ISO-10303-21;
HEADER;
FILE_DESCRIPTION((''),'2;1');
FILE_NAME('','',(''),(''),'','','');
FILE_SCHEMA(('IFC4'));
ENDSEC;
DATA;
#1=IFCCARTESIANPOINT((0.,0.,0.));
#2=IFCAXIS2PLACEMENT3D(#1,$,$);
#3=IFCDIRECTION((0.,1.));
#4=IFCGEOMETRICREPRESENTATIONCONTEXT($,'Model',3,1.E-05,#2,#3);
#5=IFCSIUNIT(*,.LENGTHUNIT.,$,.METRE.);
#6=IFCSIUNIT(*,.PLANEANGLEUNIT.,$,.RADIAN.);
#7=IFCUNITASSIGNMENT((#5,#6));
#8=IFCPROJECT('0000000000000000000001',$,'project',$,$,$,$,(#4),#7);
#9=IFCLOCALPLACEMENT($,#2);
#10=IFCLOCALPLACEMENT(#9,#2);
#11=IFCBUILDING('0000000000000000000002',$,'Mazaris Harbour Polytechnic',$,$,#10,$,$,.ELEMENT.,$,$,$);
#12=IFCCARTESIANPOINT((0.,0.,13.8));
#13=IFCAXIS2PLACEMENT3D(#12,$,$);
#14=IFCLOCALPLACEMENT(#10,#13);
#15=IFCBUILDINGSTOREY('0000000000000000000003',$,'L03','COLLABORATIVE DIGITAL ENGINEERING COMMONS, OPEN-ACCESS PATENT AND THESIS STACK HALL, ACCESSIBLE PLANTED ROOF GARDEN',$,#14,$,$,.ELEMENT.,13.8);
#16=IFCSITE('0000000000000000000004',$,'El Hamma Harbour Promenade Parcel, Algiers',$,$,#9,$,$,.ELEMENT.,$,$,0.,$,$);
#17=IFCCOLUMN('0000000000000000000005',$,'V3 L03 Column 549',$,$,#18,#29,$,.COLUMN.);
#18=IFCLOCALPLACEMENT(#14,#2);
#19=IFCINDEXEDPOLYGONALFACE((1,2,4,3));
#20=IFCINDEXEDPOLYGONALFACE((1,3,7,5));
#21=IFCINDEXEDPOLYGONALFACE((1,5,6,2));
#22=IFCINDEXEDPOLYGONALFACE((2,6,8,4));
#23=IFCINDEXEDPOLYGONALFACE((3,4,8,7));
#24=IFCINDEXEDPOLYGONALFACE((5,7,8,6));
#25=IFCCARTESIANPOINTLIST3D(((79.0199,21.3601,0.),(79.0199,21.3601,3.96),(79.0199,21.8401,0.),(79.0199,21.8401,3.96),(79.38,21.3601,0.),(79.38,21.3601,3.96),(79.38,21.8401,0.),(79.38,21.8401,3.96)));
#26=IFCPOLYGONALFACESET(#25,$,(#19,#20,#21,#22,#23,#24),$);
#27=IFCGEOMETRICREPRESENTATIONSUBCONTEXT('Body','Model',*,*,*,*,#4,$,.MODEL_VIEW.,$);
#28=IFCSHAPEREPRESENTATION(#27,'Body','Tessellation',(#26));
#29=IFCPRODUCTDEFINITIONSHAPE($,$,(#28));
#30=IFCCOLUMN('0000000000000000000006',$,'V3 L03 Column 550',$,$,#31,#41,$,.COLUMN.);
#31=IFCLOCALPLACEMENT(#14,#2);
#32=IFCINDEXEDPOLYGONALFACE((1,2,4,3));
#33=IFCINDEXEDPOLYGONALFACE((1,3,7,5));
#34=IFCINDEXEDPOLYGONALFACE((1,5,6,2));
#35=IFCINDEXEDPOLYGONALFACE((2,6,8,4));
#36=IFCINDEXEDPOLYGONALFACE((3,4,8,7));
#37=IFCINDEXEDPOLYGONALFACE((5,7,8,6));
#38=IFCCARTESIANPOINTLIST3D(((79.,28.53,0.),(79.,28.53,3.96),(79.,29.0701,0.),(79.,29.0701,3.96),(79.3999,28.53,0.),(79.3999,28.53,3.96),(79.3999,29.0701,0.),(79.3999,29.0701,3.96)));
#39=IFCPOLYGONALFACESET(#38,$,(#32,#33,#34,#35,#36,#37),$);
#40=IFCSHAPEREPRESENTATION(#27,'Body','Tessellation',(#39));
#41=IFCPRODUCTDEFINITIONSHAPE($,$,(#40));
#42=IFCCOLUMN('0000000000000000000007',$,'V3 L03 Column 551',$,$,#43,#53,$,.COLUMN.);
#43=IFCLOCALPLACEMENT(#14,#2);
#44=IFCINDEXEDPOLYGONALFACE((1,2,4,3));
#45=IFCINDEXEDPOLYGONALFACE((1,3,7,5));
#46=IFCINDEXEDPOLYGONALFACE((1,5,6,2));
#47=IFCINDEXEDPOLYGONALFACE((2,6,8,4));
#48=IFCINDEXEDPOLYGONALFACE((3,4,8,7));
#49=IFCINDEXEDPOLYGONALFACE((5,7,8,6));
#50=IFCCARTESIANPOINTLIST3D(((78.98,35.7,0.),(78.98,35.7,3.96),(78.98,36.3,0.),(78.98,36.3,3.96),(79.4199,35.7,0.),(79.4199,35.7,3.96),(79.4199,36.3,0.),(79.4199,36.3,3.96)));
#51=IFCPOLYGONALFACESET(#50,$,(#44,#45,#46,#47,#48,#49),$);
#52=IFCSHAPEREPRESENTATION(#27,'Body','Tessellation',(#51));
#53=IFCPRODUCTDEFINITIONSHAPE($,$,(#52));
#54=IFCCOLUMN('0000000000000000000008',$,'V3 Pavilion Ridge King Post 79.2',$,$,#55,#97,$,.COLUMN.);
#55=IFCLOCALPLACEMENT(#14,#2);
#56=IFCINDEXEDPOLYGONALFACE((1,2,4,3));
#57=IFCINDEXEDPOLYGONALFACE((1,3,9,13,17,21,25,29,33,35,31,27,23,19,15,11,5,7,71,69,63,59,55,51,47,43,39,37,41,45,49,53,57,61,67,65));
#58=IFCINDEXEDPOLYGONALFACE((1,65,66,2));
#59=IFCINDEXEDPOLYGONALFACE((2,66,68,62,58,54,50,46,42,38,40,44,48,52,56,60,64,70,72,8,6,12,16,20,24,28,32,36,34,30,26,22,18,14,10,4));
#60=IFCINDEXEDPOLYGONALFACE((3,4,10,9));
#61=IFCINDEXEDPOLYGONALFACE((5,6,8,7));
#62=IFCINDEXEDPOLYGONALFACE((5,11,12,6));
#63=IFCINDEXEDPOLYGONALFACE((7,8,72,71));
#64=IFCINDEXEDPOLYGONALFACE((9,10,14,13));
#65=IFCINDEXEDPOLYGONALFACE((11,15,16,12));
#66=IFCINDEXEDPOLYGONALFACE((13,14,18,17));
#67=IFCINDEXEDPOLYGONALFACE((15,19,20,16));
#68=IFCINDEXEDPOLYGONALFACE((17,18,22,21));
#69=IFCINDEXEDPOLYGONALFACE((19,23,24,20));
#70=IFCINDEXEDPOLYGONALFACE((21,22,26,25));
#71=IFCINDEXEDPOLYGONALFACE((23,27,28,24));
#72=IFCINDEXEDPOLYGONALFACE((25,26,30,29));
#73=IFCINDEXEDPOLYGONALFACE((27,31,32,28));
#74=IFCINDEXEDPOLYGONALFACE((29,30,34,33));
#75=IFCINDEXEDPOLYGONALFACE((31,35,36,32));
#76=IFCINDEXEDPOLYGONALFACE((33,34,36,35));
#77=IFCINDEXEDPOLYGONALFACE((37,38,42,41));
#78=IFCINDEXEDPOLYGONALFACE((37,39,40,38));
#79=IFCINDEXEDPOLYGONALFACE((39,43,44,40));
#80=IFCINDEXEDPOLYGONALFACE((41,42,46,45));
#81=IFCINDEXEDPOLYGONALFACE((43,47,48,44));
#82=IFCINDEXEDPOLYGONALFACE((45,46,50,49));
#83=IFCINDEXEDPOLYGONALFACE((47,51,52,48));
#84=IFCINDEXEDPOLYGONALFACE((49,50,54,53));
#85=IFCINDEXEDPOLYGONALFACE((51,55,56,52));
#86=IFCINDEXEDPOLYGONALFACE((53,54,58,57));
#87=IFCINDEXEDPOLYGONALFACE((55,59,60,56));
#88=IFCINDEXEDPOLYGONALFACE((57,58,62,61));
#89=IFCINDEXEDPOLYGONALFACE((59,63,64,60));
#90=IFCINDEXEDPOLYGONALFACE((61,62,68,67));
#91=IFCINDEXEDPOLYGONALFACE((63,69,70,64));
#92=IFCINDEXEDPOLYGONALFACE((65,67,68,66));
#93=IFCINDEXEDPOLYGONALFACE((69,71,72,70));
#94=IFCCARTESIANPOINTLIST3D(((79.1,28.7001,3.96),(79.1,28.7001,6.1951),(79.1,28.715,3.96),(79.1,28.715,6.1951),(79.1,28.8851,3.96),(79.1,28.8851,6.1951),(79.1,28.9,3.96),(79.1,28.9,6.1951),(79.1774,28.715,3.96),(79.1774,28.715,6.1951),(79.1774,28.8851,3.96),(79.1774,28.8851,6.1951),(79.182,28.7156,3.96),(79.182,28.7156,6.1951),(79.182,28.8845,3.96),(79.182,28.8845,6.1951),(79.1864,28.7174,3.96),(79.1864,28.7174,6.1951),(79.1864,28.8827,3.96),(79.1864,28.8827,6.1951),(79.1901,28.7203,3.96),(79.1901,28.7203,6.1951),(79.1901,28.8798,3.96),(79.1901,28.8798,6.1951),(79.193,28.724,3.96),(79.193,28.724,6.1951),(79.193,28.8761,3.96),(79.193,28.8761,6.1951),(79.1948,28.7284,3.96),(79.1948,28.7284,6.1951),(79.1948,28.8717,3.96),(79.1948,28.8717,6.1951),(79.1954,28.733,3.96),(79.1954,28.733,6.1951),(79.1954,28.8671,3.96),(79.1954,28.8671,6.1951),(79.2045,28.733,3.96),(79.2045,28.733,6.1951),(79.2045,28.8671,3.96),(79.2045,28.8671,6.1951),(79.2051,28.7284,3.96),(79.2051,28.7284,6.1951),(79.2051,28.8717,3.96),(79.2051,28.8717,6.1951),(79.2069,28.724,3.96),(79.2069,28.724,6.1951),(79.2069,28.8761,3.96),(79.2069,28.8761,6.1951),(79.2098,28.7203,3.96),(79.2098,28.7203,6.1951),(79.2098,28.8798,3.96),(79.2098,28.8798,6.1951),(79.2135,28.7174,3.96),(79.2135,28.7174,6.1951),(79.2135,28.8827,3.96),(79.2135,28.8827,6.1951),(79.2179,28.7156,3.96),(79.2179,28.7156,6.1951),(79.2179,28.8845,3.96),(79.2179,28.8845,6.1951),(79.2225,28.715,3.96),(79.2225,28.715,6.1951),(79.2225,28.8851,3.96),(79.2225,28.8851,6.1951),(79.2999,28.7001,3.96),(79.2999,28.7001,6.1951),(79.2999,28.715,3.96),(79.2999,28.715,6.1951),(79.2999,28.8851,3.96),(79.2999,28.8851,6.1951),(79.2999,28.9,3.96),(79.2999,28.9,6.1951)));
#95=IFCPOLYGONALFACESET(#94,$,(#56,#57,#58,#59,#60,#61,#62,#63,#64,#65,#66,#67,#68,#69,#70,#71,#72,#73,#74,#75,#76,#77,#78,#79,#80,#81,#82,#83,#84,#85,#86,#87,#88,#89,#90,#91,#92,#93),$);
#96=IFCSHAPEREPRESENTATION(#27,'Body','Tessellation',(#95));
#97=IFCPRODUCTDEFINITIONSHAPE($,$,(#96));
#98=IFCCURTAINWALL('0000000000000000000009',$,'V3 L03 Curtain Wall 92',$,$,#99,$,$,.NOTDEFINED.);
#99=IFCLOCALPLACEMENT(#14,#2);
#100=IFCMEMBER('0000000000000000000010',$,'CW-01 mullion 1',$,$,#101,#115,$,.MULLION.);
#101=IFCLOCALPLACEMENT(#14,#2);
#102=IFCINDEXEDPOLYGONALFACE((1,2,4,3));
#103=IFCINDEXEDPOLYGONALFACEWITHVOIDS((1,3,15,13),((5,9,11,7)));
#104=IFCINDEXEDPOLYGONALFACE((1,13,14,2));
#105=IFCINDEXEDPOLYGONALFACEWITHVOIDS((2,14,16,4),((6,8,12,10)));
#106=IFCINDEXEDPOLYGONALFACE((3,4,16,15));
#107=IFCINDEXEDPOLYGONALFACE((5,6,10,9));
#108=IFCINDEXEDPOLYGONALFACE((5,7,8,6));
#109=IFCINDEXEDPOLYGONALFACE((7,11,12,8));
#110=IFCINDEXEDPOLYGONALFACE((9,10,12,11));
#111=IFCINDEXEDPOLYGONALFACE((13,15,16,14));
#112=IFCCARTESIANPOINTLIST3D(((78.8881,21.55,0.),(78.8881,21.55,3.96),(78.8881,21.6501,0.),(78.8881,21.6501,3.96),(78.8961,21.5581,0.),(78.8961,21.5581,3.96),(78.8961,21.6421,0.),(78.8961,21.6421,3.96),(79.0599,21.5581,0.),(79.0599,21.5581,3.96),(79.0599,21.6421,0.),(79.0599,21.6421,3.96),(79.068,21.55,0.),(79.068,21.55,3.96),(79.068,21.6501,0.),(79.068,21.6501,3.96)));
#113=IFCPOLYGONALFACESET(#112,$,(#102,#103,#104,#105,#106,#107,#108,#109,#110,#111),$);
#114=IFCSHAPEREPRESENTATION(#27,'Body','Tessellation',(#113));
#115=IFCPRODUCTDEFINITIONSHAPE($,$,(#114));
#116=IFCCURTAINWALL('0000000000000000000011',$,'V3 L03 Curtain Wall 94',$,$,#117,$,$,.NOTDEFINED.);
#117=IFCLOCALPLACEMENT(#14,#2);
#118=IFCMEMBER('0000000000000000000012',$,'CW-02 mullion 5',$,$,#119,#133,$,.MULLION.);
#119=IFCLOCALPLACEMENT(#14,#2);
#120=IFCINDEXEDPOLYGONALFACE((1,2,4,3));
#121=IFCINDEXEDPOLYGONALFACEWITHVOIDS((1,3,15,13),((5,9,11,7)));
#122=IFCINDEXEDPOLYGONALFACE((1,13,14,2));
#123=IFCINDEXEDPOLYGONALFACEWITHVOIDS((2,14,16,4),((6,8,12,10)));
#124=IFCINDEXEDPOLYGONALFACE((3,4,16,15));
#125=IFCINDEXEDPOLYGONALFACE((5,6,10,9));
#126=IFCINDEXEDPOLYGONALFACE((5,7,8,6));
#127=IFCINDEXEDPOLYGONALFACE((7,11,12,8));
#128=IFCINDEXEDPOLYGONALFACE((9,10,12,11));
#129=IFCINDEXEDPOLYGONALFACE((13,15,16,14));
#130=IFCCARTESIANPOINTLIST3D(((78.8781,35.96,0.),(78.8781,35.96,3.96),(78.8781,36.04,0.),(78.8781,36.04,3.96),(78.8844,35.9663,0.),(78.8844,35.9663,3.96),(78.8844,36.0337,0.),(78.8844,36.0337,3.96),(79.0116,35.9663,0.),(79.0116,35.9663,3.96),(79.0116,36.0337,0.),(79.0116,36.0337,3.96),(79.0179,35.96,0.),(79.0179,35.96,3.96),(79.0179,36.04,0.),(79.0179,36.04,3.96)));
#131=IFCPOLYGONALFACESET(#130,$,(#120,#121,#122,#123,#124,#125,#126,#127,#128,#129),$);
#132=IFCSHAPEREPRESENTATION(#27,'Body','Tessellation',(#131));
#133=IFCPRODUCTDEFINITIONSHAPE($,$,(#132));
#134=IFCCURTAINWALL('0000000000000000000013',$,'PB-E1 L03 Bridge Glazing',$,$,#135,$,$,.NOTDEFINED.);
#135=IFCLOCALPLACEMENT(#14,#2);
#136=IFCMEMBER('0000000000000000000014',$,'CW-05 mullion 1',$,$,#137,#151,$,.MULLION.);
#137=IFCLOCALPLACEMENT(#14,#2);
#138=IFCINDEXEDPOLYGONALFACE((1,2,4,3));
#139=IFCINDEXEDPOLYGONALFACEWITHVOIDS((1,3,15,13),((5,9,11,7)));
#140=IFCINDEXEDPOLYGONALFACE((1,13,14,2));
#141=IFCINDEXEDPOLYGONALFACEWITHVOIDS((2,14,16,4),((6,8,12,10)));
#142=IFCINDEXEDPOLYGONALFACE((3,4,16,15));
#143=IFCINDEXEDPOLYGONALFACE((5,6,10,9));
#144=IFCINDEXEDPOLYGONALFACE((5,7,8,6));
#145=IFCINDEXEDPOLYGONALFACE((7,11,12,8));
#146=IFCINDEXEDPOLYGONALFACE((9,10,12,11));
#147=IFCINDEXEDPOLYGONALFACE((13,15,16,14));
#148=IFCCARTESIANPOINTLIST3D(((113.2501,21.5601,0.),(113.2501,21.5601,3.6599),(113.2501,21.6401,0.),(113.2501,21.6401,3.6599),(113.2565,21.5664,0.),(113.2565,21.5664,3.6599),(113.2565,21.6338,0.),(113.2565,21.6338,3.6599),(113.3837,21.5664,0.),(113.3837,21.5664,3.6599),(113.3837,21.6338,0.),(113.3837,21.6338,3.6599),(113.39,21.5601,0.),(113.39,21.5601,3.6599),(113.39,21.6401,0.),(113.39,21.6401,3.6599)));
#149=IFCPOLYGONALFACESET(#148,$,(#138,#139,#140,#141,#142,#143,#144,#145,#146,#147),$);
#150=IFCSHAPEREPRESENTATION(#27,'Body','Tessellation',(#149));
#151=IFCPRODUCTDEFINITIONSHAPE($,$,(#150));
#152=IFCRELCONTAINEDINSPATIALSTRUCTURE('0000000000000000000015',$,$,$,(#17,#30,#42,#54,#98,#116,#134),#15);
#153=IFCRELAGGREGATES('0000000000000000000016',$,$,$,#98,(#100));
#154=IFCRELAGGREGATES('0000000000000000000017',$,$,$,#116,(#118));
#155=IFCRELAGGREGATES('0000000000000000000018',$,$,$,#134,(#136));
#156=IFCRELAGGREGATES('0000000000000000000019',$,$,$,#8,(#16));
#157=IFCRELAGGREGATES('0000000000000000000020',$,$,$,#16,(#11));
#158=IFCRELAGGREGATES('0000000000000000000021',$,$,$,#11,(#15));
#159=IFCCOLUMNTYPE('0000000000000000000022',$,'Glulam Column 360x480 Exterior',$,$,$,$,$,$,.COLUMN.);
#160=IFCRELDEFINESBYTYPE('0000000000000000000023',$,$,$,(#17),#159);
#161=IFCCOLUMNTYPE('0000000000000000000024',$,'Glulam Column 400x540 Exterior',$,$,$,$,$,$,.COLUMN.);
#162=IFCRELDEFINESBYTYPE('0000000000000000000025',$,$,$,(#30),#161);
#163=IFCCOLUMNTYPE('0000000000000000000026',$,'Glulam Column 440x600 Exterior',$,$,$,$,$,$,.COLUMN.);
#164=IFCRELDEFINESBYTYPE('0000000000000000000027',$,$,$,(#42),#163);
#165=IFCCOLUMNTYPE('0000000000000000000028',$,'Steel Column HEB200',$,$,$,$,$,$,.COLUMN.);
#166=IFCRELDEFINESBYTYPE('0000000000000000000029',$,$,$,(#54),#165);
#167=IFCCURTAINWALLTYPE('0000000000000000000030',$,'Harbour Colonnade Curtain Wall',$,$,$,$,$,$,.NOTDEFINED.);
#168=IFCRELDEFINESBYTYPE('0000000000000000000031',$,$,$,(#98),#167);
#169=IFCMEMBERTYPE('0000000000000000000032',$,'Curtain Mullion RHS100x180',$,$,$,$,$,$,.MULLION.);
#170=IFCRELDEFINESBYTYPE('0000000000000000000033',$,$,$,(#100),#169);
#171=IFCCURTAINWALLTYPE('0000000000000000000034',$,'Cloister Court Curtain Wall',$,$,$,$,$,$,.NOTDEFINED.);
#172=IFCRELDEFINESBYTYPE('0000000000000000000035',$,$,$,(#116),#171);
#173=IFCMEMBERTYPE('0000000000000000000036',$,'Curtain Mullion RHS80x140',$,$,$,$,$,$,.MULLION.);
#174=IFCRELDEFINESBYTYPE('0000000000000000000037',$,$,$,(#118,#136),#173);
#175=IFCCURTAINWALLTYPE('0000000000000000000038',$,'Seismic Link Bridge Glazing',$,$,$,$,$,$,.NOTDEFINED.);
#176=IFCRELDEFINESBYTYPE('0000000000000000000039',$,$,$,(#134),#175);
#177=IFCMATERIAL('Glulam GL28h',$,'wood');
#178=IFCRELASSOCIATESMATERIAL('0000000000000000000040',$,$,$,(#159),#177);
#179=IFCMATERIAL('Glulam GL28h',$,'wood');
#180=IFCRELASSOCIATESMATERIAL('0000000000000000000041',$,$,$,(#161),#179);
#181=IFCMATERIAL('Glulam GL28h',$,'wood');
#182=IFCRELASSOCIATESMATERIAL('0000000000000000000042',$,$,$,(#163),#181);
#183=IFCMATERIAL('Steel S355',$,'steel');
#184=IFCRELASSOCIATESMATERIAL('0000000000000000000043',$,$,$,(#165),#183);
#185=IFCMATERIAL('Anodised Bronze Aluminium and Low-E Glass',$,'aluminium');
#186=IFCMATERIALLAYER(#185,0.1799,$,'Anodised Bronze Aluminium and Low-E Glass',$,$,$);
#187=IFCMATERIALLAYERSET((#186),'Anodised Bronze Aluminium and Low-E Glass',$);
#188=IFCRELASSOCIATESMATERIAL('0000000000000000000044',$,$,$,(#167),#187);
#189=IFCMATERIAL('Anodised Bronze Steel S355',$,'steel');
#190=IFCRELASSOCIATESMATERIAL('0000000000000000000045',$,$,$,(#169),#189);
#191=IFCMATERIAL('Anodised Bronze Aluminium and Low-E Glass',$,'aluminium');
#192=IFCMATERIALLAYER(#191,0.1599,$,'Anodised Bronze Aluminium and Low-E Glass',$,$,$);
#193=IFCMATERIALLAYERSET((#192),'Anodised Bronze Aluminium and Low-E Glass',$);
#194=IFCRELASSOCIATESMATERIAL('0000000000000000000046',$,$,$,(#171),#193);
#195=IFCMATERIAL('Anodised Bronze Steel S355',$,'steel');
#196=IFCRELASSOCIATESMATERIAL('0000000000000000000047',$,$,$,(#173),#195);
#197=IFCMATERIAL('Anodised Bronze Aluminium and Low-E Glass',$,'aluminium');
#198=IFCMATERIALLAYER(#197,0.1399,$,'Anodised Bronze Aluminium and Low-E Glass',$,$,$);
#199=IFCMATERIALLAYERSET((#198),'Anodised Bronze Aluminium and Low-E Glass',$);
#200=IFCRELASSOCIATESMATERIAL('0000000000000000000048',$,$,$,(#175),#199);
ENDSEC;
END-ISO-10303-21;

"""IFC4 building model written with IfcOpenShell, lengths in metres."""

from ifc_helpers import new_model, si_unit, direction, frame, origin, origin_2d, place, context, subcontext, project, spatial, rectangle, hollow_rectangle, i_section, extrude, material, layer, layer_set, material_profile, profile_set, type_object, element, aggregate, save


model = new_model("IFC4")

# Units and contexts
model_context = context("Model", 3, precision=1e-05, world=origin(), true_north=direction((0.0, 1.0)))
body_context = subcontext(model_context, "Body", "Model", "MODEL_VIEW")
ifc_project = project(units=[si_unit("LENGTHUNIT", "METRE"), si_unit("PLANEANGLEUNIT", "RADIAN")], contexts=[model_context])

# Site, building, storey
site_placement = place(None, origin())
site = spatial("IfcSite", under=ifc_project, at=site_placement, Name="El Hamma Harbour Promenade Parcel, Algiers", CompositionType="ELEMENT", RefElevation=0.0)
building_placement = place(site_placement, origin())
building = spatial("IfcBuilding", under=site, at=building_placement, Name="Mazaris Harbour Polytechnic", CompositionType="ELEMENT")
storey_placement = place(building_placement, frame((0.0, 0.0, 13.8)))
storey = spatial("IfcBuildingStorey", under=building, at=storey_placement, Name="L03", Description="COLLABORATIVE DIGITAL ENGINEERING COMMONS, OPEN-ACCESS PATENT AND THESIS STACK HALL, ACCESSIBLE PLANTED ROOF GARDEN", CompositionType="ELEMENT", Elevation=13.8)

# Columns
ifc_material_1 = material(Name="Glulam GL28h", Category="wood")
ifc_material_profile_1 = material_profile(ifc_material_1, rectangle(XDim=0.3601, YDim=0.48, at=origin_2d()), Name="RECT360x480")
ifc_profile_set_1 = profile_set([ifc_material_profile_1], Name="Glulam GL28h")
column_type_1 = type_object("IfcColumnType", Name="Glulam Column 360x480 Exterior", PredefinedType="COLUMN", material=ifc_profile_set_1)
column_1_placement = place(storey_placement, frame((79.2, 21.6001, 0.0), z_axis=(0.0, 0.0, 1.0), x_axis=(1.0, 0.0, 0.0)))
element("IfcColumn", 1, at=column_1_placement, inside=storey, type_object=column_type_1, Name="V3 L03 Column 549", PredefinedType="COLUMN", context=body_context, shape_type="SweptSolid", body=[
    extrude(rectangle(XDim=0.3601, YDim=0.48, at=origin_2d()), origin(), (0.0, 0.0, 1.0), 3.96),
])
ifc_material_2 = material(Name="Glulam GL28h", Category="wood")
ifc_material_profile_2 = material_profile(ifc_material_2, rectangle(XDim=0.3999, YDim=0.54, at=origin_2d()), Name="RECT400x540")
ifc_profile_set_2 = profile_set([ifc_material_profile_2], Name="Glulam GL28h")
column_type_2 = type_object("IfcColumnType", Name="Glulam Column 400x540 Exterior", PredefinedType="COLUMN", material=ifc_profile_set_2)
column_2_placement = place(storey_placement, frame((79.2, 28.8, 0.0), z_axis=(0.0, 0.0, 1.0), x_axis=(1.0, 0.0, 0.0)))
element("IfcColumn", 2, at=column_2_placement, inside=storey, type_object=column_type_2, Name="V3 L03 Column 550", PredefinedType="COLUMN", context=body_context, shape_type="SweptSolid", body=[
    extrude(rectangle(XDim=0.3999, YDim=0.54, at=origin_2d()), origin(), (0.0, 0.0, 1.0), 3.96),
])
ifc_material_3 = material(Name="Glulam GL28h", Category="wood")
ifc_material_profile_3 = material_profile(ifc_material_3, rectangle(XDim=0.4399, YDim=0.6001, at=origin_2d()), Name="RECT440x600")
ifc_profile_set_3 = profile_set([ifc_material_profile_3], Name="Glulam GL28h")
column_type_3 = type_object("IfcColumnType", Name="Glulam Column 440x600 Exterior", PredefinedType="COLUMN", material=ifc_profile_set_3)
column_3_placement = place(storey_placement, frame((79.2, 36.0, 0.0), z_axis=(0.0, 0.0, 1.0), x_axis=(1.0, 0.0, 0.0)))
element("IfcColumn", 3, at=column_3_placement, inside=storey, type_object=column_type_3, Name="V3 L03 Column 551", PredefinedType="COLUMN", context=body_context, shape_type="SweptSolid", body=[
    extrude(rectangle(XDim=0.4399, YDim=0.6001, at=origin_2d()), origin(), (0.0, 0.0, 1.0), 3.96),
])
ifc_material_4 = material(Name="Steel S355", Category="steel")
ifc_material_profile_4 = material_profile(ifc_material_4, i_section(OverallWidth=0.2, OverallDepth=0.2, WebThickness=0.009, FlangeThickness=0.0149, FilletRadius=0.0181, at=origin_2d()), Name="HEB 200")
ifc_profile_set_4 = profile_set([ifc_material_profile_4], Name="Steel S355")
column_type_4 = type_object("IfcColumnType", Name="Steel Column HEB200", PredefinedType="COLUMN", material=ifc_profile_set_4)
column_4_placement = place(storey_placement, frame((79.2, 28.8, 3.96), z_axis=(0.0, 0.0, 1.0), x_axis=(1.0, 0.0, 0.0)))
element("IfcColumn", 4, at=column_4_placement, inside=storey, type_object=column_type_4, Name="V3 Pavilion Ridge King Post 79.2", PredefinedType="COLUMN", context=body_context, shape_type="SweptSolid", body=[
    extrude(i_section(OverallWidth=0.2, OverallDepth=0.2, WebThickness=0.009, FlangeThickness=0.0149, FilletRadius=0.0181, at=origin_2d()), origin(), (0.0, 0.0, 1.0), 2.2351),
])

# Curtain walls, members
ifc_material_5 = material(Name="Anodised Bronze Aluminium and Low-E Glass", Category="aluminium")
ifc_layer_1 = layer(ifc_material_5, 0.1799, Name="Anodised Bronze Aluminium and Low-E Glass")
ifc_layer_set_1 = layer_set([ifc_layer_1], Name="Anodised Bronze Aluminium and Low-E Glass")
curtain_wall_type_1 = type_object("IfcCurtainWallType", Name="Harbour Colonnade Curtain Wall", PredefinedType="NOTDEFINED", material=ifc_layer_set_1)
curtain_wall_1_placement = place(storey_placement, origin())
curtain_wall_1 = element("IfcCurtainWall", 5, at=curtain_wall_1_placement, inside=storey, type_object=curtain_wall_type_1, Name="V3 L03 Curtain Wall 92", PredefinedType="NOTDEFINED")
ifc_material_6 = material(Name="Anodised Bronze Steel S355", Category="steel")
ifc_material_profile_5 = material_profile(ifc_material_6, hollow_rectangle(XDim=0.1001, YDim=0.1799, WallThickness=0.0081, at=origin_2d()), Name="RHS 100x180x8.0")
ifc_profile_set_5 = profile_set([ifc_material_profile_5], Name="Anodised Bronze Steel S355")
member_type_1 = type_object("IfcMemberType", Name="Curtain Mullion RHS100x180", PredefinedType="MULLION", material=ifc_profile_set_5)
member_1_placement = place(storey_placement, frame((78.978, 21.6001, 0.0), z_axis=(0.0, 0.0, 1.0), x_axis=(0.0, -1.0, 0.0)))
member_1 = element("IfcMember", 6, at=member_1_placement, type_object=member_type_1, Name="CW-01 mullion 1", PredefinedType="MULLION", context=body_context, shape_type="SweptSolid", body=[
    extrude(hollow_rectangle(XDim=0.1001, YDim=0.1799, WallThickness=0.0081, at=origin_2d()), origin(), (0.0, 0.0, 1.0), 3.96),
])
aggregate(curtain_wall_1, [member_1])
ifc_material_7 = material(Name="Anodised Bronze Aluminium and Low-E Glass", Category="aluminium")
ifc_layer_2 = layer(ifc_material_7, 0.1599, Name="Anodised Bronze Aluminium and Low-E Glass")
ifc_layer_set_2 = layer_set([ifc_layer_2], Name="Anodised Bronze Aluminium and Low-E Glass")
curtain_wall_type_2 = type_object("IfcCurtainWallType", Name="Cloister Court Curtain Wall", PredefinedType="NOTDEFINED", material=ifc_layer_set_2)
curtain_wall_2_placement = place(storey_placement, origin())
curtain_wall_2 = element("IfcCurtainWall", 7, at=curtain_wall_2_placement, inside=storey, type_object=curtain_wall_type_2, Name="V3 L03 Curtain Wall 94", PredefinedType="NOTDEFINED")
ifc_material_8 = material(Name="Anodised Bronze Steel S355", Category="steel")
ifc_material_profile_6 = material_profile(ifc_material_8, hollow_rectangle(XDim=0.0801, YDim=0.1399, WallThickness=0.0063, at=origin_2d()), Name="RHS 80x140x6.3")
ifc_profile_set_6 = profile_set([ifc_material_profile_6], Name="Anodised Bronze Steel S355")
member_type_2 = type_object("IfcMemberType", Name="Curtain Mullion RHS80x140", PredefinedType="MULLION", material=ifc_profile_set_6)
member_2_placement = place(storey_placement, frame((78.948, 36.0, 0.0), z_axis=(0.0, 0.0, 1.0), x_axis=(0.0, 1.0, 0.0)))
member_2 = element("IfcMember", 8, at=member_2_placement, type_object=member_type_2, Name="CW-02 mullion 5", PredefinedType="MULLION", context=body_context, shape_type="SweptSolid", body=[
    extrude(hollow_rectangle(XDim=0.0801, YDim=0.1399, WallThickness=0.0063, at=origin_2d()), origin(), (0.0, 0.0, 1.0), 3.96),
])
aggregate(curtain_wall_2, [member_2])
ifc_material_9 = material(Name="Anodised Bronze Aluminium and Low-E Glass", Category="aluminium")
ifc_layer_3 = layer(ifc_material_9, 0.1399, Name="Anodised Bronze Aluminium and Low-E Glass")
ifc_layer_set_3 = layer_set([ifc_layer_3], Name="Anodised Bronze Aluminium and Low-E Glass")
curtain_wall_type_3 = type_object("IfcCurtainWallType", Name="Seismic Link Bridge Glazing", PredefinedType="NOTDEFINED", material=ifc_layer_set_3)
curtain_wall_3_placement = place(storey_placement, origin())
curtain_wall_3 = element("IfcCurtainWall", 9, at=curtain_wall_3_placement, inside=storey, type_object=curtain_wall_type_3, Name="PB-E1 L03 Bridge Glazing", PredefinedType="NOTDEFINED")
member_3_placement = place(storey_placement, frame((113.3201, 21.6001, 0.0), z_axis=(0.0, 0.0, 1.0), x_axis=(0.0, 1.0, 0.0)))
member_3 = element("IfcMember", 10, at=member_3_placement, type_object=member_type_2, Name="CW-05 mullion 1", PredefinedType="MULLION", context=body_context, shape_type="SweptSolid", body=[
    extrude(hollow_rectangle(XDim=0.0801, YDim=0.1399, WallThickness=0.0063, at=origin_2d()), origin(), (0.0, 0.0, 1.0), 3.6599),
])
aggregate(curtain_wall_3, [member_3])

save(model, "model.ifc")
